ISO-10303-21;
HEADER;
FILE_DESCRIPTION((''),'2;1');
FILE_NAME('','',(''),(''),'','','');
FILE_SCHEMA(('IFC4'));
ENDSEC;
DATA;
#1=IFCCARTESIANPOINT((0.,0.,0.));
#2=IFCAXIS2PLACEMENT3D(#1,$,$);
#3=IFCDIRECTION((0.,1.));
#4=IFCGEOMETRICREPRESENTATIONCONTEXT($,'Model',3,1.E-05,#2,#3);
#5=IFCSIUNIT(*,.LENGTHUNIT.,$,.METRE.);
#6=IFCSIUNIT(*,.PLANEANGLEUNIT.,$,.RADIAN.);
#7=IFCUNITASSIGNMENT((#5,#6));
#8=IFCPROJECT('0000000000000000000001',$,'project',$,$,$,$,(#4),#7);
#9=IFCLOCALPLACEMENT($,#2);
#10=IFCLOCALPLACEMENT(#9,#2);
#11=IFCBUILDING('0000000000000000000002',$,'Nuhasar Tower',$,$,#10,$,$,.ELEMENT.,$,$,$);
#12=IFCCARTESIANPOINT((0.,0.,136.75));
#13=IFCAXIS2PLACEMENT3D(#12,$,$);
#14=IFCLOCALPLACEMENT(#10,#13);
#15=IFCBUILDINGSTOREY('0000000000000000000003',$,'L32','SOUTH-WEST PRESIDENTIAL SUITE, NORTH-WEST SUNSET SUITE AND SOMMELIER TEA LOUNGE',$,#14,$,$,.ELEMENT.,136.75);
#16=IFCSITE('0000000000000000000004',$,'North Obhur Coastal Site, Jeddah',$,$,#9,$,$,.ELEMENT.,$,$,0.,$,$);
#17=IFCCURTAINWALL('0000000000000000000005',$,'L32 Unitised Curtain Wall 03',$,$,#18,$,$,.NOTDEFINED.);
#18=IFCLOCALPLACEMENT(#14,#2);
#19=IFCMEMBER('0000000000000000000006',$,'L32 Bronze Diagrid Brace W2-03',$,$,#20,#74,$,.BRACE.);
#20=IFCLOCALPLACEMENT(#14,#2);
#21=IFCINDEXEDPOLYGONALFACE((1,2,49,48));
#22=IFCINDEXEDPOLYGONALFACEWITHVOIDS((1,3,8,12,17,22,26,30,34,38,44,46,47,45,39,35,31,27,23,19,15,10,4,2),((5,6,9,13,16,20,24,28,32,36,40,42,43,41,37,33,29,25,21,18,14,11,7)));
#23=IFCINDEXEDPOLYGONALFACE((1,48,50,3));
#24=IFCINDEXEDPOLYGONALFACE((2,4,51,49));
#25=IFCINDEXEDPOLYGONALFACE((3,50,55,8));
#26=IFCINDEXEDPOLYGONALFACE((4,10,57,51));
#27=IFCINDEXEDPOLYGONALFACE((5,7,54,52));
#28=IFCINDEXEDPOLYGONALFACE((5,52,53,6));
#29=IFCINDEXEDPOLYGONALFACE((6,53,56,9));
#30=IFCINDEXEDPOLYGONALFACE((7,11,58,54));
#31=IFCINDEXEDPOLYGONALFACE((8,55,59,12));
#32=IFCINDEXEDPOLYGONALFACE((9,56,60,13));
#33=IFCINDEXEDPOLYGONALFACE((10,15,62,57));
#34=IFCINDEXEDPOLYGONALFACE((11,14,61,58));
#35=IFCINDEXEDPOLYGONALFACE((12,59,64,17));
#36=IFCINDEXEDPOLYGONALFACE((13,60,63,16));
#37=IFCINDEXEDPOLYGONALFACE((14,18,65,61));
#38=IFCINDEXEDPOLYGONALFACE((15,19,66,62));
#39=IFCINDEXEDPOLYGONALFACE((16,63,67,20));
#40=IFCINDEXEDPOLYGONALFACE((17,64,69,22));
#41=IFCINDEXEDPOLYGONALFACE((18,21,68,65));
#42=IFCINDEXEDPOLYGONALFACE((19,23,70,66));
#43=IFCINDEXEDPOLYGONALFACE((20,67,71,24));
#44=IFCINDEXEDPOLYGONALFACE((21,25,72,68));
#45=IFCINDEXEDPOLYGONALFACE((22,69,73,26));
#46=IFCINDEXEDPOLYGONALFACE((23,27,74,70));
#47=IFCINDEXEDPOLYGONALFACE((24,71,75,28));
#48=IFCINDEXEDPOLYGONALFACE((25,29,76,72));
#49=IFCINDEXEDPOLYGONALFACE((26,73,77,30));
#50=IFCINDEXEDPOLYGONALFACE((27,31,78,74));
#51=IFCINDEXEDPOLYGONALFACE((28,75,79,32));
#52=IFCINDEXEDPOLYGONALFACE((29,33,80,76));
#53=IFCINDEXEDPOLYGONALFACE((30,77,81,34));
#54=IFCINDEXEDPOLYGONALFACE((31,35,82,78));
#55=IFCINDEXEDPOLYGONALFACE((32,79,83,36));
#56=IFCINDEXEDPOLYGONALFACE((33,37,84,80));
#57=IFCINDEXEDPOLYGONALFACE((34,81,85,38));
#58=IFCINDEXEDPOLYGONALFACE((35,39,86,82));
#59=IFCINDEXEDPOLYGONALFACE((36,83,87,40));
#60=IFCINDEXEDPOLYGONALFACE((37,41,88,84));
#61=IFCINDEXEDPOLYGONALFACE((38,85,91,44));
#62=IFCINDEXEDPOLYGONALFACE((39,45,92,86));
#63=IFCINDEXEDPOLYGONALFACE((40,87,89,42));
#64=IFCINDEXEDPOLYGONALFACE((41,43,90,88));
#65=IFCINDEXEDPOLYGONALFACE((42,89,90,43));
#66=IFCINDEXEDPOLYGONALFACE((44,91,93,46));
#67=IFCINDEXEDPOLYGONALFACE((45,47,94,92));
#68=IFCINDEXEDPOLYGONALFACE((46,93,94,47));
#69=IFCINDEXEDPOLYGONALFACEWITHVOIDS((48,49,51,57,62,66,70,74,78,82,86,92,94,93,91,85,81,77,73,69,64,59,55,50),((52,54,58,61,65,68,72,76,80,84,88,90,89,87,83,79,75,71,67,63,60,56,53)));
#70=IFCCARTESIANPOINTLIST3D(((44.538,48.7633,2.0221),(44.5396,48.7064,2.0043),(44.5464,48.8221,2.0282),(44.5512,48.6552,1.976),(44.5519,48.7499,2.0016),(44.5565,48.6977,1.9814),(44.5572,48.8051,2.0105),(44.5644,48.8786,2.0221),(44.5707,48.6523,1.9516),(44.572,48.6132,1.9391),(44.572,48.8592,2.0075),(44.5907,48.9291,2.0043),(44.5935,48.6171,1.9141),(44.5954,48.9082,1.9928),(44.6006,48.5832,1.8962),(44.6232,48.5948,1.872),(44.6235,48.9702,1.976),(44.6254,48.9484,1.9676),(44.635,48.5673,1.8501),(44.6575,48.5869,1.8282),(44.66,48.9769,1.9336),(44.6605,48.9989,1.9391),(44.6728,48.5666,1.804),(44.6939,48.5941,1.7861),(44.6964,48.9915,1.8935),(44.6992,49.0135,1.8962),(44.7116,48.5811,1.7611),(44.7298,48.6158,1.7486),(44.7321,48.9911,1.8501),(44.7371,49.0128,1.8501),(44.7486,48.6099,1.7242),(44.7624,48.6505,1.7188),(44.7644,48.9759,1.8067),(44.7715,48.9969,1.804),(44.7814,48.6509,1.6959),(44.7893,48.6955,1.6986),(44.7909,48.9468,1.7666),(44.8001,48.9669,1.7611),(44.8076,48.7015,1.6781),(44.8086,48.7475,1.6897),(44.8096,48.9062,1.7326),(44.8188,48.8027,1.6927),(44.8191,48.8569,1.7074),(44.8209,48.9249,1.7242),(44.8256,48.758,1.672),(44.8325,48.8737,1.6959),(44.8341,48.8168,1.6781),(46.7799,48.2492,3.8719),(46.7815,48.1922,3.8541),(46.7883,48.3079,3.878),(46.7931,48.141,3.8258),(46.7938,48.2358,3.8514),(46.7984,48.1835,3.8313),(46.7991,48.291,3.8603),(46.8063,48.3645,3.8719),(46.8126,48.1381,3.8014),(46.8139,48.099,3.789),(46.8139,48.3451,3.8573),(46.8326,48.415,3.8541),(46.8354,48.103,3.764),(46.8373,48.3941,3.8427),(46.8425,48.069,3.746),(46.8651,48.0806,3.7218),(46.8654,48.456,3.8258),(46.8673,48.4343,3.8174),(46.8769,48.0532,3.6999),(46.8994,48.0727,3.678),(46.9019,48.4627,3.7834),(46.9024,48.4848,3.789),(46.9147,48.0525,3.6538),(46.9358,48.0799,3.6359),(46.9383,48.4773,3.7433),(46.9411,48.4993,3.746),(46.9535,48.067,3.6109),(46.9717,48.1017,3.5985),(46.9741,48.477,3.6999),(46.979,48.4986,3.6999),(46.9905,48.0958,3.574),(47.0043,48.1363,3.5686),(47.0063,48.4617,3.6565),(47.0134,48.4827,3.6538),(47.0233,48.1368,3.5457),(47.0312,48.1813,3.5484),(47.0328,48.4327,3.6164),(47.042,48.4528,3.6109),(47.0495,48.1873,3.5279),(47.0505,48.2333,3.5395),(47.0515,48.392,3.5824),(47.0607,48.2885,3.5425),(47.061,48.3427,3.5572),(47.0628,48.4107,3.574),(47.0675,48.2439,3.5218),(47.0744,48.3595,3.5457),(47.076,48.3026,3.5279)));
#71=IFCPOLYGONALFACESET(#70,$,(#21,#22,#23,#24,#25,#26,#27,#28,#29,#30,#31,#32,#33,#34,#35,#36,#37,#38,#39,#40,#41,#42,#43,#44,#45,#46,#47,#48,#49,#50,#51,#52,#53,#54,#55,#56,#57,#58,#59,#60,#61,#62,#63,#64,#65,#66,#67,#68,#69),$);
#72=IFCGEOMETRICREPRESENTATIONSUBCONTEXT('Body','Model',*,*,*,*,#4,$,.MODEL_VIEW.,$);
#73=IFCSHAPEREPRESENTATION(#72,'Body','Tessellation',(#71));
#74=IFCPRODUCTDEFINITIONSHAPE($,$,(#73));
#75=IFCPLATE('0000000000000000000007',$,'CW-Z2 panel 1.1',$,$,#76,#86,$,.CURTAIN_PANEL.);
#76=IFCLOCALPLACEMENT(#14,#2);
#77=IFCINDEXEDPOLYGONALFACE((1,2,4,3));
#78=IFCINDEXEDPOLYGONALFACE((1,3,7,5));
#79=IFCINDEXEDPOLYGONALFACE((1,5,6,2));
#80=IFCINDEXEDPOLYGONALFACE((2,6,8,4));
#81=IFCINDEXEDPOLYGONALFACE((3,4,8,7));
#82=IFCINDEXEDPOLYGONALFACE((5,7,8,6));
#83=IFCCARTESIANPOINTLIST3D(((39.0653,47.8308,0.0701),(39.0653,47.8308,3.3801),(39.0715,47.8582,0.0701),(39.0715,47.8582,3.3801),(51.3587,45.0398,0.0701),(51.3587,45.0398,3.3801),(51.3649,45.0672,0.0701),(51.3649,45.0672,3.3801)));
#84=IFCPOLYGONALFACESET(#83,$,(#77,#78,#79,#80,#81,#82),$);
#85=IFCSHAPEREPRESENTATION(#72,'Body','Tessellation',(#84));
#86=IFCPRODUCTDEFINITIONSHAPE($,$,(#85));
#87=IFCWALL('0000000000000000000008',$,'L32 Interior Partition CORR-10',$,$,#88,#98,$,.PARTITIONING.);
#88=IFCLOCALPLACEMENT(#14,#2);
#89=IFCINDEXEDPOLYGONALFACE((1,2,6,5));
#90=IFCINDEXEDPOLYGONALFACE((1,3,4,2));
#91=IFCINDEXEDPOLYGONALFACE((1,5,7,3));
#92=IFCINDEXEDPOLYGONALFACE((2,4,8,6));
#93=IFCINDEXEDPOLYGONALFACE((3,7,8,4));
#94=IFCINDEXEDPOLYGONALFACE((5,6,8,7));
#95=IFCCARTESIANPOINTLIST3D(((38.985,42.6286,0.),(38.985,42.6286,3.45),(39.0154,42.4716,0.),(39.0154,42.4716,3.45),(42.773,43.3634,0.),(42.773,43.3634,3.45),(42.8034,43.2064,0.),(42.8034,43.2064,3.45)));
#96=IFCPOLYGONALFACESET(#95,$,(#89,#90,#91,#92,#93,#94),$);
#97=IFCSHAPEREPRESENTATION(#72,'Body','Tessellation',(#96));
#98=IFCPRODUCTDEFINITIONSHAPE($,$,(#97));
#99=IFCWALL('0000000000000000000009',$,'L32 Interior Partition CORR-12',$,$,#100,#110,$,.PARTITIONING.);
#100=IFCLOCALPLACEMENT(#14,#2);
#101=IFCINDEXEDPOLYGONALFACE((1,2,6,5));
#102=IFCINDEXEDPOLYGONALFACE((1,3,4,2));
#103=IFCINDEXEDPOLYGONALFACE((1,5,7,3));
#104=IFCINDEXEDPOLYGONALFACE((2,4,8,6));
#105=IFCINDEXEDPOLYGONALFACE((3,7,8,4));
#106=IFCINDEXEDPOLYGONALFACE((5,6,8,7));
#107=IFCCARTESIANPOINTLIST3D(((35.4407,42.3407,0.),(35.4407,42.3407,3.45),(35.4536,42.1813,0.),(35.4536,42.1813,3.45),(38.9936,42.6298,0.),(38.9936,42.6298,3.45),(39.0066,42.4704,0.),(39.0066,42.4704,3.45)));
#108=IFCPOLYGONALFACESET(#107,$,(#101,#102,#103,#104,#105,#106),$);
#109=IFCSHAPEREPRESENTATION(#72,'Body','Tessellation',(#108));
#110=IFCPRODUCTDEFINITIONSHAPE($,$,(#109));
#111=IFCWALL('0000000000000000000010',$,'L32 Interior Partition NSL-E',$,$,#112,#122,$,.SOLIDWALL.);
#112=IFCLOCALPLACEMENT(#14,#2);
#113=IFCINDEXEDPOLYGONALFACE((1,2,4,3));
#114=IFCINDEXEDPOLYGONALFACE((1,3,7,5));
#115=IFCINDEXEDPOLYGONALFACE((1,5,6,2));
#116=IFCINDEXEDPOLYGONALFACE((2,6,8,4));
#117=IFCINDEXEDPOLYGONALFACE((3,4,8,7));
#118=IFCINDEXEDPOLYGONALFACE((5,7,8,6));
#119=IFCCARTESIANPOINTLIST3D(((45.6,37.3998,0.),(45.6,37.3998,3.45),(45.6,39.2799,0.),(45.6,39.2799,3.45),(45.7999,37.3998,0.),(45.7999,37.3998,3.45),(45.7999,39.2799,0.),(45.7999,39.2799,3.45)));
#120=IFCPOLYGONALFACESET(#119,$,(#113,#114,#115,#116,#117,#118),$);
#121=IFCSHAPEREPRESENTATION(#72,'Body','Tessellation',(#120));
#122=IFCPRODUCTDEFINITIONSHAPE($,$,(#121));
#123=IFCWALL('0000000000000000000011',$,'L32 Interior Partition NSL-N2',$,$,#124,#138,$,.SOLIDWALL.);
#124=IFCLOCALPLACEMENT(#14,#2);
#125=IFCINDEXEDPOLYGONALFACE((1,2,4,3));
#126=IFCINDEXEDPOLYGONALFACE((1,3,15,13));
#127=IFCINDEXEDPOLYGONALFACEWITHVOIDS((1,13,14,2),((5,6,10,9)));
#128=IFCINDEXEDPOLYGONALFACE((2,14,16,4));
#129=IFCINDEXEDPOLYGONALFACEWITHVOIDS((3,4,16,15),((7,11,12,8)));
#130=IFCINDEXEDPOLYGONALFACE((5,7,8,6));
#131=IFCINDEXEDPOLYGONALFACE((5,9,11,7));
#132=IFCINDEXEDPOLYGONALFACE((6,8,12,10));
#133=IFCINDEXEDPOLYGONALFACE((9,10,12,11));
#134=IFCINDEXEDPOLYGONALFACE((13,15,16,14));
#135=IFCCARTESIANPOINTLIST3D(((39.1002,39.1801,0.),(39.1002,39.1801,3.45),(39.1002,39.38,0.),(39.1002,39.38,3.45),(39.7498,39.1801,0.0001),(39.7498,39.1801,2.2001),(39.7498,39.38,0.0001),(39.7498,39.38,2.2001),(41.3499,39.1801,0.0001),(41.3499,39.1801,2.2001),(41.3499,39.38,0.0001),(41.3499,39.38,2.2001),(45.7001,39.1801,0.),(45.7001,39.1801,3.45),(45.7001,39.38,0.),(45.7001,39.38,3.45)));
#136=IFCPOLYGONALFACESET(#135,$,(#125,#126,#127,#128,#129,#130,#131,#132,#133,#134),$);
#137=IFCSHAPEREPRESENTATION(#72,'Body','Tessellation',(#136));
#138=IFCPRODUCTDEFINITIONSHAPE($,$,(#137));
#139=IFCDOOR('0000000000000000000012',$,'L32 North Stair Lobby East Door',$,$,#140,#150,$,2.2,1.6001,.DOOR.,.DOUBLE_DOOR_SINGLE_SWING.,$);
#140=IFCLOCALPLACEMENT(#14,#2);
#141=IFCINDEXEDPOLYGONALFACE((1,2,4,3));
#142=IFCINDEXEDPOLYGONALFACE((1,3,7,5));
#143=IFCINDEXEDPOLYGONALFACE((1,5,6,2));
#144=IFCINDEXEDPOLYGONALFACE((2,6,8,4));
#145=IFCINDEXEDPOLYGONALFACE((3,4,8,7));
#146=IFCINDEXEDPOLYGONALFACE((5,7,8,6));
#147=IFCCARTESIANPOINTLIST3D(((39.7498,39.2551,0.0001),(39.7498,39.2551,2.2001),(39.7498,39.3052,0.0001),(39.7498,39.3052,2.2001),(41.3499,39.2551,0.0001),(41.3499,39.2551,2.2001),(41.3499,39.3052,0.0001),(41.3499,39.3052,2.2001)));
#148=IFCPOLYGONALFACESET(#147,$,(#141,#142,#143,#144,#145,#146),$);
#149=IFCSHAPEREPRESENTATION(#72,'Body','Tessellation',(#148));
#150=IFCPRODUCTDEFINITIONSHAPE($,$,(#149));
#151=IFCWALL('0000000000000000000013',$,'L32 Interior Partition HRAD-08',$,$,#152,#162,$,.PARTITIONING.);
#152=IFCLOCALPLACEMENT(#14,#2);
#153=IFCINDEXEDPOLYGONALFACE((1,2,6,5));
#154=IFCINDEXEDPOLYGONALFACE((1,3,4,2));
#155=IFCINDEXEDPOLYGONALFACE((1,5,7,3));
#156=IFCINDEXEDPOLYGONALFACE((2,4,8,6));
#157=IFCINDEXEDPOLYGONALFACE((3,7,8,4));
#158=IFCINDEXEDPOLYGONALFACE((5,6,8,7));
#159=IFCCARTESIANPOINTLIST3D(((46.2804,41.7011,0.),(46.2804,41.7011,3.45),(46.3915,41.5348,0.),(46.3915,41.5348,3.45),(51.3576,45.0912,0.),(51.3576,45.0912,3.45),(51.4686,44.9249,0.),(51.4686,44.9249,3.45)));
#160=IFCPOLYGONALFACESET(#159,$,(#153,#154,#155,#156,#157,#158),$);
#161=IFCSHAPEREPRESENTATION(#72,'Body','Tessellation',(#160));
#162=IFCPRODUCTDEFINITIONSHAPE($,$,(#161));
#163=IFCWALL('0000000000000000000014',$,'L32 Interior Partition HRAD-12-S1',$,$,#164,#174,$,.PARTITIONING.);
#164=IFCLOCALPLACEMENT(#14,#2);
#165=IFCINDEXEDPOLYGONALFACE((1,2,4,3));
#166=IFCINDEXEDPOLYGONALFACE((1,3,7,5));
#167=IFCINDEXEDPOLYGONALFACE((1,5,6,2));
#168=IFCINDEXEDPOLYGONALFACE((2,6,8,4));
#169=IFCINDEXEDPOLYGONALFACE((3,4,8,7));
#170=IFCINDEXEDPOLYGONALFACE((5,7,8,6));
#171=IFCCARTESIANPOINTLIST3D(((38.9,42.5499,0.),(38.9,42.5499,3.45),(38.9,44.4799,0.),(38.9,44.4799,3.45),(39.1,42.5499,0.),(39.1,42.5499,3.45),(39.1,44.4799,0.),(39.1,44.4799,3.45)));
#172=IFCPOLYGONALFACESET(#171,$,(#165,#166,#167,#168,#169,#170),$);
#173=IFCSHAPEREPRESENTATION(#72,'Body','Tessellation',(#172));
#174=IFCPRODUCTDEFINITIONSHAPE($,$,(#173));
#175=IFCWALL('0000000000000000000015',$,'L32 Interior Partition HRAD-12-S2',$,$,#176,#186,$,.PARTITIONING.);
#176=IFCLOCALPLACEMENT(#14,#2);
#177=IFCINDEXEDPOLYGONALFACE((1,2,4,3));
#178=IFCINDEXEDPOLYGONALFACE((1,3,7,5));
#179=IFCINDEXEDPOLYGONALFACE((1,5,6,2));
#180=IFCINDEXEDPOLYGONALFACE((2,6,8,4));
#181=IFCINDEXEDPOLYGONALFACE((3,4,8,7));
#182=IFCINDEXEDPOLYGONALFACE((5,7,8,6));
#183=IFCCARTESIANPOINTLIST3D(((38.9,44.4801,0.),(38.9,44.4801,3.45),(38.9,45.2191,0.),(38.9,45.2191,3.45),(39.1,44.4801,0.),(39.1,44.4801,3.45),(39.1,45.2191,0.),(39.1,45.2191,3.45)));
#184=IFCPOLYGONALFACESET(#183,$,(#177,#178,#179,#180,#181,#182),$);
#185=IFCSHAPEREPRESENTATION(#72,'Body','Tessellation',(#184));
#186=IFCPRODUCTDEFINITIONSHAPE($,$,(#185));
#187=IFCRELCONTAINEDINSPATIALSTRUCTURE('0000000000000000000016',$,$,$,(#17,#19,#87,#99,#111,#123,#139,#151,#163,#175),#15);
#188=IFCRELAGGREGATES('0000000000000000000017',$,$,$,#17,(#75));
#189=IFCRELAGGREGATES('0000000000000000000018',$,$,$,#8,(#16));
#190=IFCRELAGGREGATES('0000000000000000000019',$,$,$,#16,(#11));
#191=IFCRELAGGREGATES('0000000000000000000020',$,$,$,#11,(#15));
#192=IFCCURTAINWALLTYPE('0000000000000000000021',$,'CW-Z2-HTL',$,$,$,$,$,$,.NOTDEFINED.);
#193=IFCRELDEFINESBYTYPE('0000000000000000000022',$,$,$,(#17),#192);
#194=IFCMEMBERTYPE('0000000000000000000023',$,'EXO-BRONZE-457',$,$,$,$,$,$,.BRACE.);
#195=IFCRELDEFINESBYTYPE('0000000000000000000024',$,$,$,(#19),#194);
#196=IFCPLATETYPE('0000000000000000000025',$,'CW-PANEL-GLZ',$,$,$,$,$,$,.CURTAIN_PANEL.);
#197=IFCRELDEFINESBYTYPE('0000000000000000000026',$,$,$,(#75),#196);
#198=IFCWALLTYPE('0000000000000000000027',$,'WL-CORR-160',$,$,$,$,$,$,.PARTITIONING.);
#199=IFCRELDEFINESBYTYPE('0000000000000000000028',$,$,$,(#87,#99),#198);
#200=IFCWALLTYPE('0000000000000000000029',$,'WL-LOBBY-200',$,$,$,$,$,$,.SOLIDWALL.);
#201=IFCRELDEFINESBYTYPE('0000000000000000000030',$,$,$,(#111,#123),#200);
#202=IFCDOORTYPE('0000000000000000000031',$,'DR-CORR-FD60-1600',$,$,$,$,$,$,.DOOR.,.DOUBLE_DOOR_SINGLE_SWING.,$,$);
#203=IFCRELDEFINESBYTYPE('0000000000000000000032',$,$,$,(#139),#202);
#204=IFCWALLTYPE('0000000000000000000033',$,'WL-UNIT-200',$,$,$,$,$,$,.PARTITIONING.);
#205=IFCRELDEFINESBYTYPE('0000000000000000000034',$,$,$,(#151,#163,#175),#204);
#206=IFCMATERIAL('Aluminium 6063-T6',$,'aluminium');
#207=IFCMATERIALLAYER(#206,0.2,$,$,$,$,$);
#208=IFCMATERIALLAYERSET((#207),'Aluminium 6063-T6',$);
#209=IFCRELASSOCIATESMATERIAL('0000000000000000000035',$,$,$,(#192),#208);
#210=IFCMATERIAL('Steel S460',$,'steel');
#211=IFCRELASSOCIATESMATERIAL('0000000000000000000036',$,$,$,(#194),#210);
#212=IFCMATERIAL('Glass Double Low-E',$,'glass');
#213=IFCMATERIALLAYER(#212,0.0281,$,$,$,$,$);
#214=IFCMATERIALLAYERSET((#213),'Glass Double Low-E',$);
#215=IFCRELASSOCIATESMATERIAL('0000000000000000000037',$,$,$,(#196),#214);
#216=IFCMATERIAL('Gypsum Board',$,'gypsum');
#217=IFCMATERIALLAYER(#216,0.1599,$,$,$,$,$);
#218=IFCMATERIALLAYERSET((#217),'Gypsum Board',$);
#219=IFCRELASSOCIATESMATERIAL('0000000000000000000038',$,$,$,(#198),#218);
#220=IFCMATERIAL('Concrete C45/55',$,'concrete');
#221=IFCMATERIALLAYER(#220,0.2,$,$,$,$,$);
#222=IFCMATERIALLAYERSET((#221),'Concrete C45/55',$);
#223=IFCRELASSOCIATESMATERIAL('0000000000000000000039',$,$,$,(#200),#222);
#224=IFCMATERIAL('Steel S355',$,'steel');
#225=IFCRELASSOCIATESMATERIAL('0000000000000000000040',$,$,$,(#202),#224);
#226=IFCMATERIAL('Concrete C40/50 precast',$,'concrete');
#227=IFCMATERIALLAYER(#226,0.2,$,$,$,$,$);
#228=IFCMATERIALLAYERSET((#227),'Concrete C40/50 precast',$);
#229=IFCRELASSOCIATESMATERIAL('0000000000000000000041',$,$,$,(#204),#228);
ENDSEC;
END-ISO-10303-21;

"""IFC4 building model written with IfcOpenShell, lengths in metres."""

from ifc_helpers import new_model, si_unit, direction, frame, frame_2d, origin, origin_2d, place, context, subcontext, project, spatial, rectangle, hollow_circle, extrude, material, layer, layer_set, material_profile, profile_set, type_object, element, fill, aggregate, save


model = new_model("IFC4")

# Units and contexts
model_context = context("Model", 3, precision=1e-05, world=origin(), true_north=direction((0.0, 1.0)))
body_context = subcontext(model_context, "Body", "Model", "MODEL_VIEW")
ifc_project = project(units=[si_unit("LENGTHUNIT", "METRE"), si_unit("PLANEANGLEUNIT", "RADIAN")], contexts=[model_context])

# Site, building, storey
site_placement = place(None, origin())
site = spatial("IfcSite", under=ifc_project, at=site_placement, Name="North Obhur Coastal Site, Jeddah", CompositionType="ELEMENT", RefElevation=0.0)
building_placement = place(site_placement, origin())
building = spatial("IfcBuilding", under=site, at=building_placement, Name="Nuhasar Tower", CompositionType="ELEMENT")
storey_placement = place(building_placement, frame((0.0, 0.0, 136.75)))
storey = spatial("IfcBuildingStorey", under=building, at=storey_placement, Name="L32", Description="SOUTH-WEST PRESIDENTIAL SUITE, NORTH-WEST SUNSET SUITE AND SOMMELIER TEA LOUNGE", CompositionType="ELEMENT", Elevation=136.75)

# Shared definitions
ifc_material_1 = material(Name="Steel S355", Category="steel")

# Curtain wall
ifc_material_2 = material(Name="Aluminium 6063-T6", Category="aluminium")
ifc_layer_1 = layer(ifc_material_2, 0.2)
ifc_layer_set_1 = layer_set([ifc_layer_1], Name="Aluminium 6063-T6")
curtain_wall_type = type_object("IfcCurtainWallType", Name="CW-Z2-HTL", PredefinedType="NOTDEFINED", material=ifc_layer_set_1)
curtain_wall_placement = place(storey_placement, origin())
curtain_wall = element("IfcCurtainWall", 1, at=curtain_wall_placement, inside=storey, type_object=curtain_wall_type, Name="L32 Unitised Curtain Wall 03", PredefinedType="NOTDEFINED")

# Member
ifc_material_3 = material(Name="Steel S460", Category="steel")
ifc_material_profile_1 = material_profile(ifc_material_3, hollow_circle(Radius=0.2285, WallThickness=0.0222, at=origin_2d()), Name="HSS457X22.2")
ifc_profile_set_1 = profile_set([ifc_material_profile_1], Name="Steel S460")
member_type_1 = type_object("IfcMemberType", Name="EXO-BRONZE-457", PredefinedType="BRACE", material=ifc_profile_set_1)
member_1_placement = place(storey_placement, frame((44.686, 48.79, 1.8501), z_axis=(0.759539, -0.17419, 0.626704), x_axis=(0.223534, 0.974696, 0.0)))
element("IfcMember", 2, at=member_1_placement, inside=storey, type_object=member_type_1, Name="L32 Bronze Diagrid Brace W2-03", PredefinedType="BRACE", context=body_context, shape_type="SweptSolid", body=[
    extrude(hollow_circle(Radius=0.2285, WallThickness=0.0222, at=origin_2d()), origin(), (0.0, 0.0, 1.0), 2.9517),
])

# Plate
ifc_material_4 = material(Name="Glass Double Low-E", Category="glass")
ifc_layer_2 = layer(ifc_material_4, 0.0281)
ifc_layer_set_2 = layer_set([ifc_layer_2], Name="Glass Double Low-E")
plate_type = type_object("IfcPlateType", Name="CW-PANEL-GLZ", PredefinedType="CURTAIN_PANEL", material=ifc_layer_set_2)
plate_placement = place(storey_placement, frame((45.2151, 46.449, 0.0701), z_axis=(0.0, 0.0, 1.0), x_axis=(-0.975184, 0.221397, 0.0)))
plate = element("IfcPlate", 3, at=plate_placement, type_object=plate_type, Name="CW-Z2 panel 1.1", PredefinedType="CURTAIN_PANEL", context=body_context, shape_type="SweptSolid", body=[
    extrude(rectangle(XDim=12.6062, YDim=0.0281, at=origin_2d()), origin(), (0.0, 0.0, 1.0), 3.3101),
])
aggregate(curtain_wall, [plate])

# Shared definitions
ifc_material_5 = material(Name="Gypsum Board", Category="gypsum")
ifc_layer_3 = layer(ifc_material_5, 0.1599)
ifc_layer_set_3 = layer_set([ifc_layer_3], Name="Gypsum Board")
wall_type_1 = type_object("IfcWallType", Name="WL-CORR-160", PredefinedType="PARTITIONING", material=ifc_layer_set_3)

# Walls
wall_1_placement = place(storey_placement, frame((42.7881, 43.2849, 0.0), z_axis=(0.0, 0.0, 1.0), x_axis=(-0.981698, -0.190443, 0.0)))
element("IfcWall", 4, at=wall_1_placement, inside=storey, type_object=wall_type_1, Name="L32 Interior Partition CORR-10", PredefinedType="PARTITIONING", context=body_context, shape_type="SweptSolid", body=[
    extrude(rectangle(XDim=3.8586, YDim=0.1599, at=frame_2d((1.9292, 0.0))), origin(), (0.0, 0.0, 1.0), 3.45),
])
wall_2_placement = place(storey_placement, frame((39.0, 42.55, 0.0), z_axis=(0.0, 0.0, 1.0), x_axis=(-0.996707, -0.08109, 0.0)))
element("IfcWall", 5, at=wall_2_placement, inside=storey, type_object=wall_type_1, Name="L32 Interior Partition CORR-12", PredefinedType="PARTITIONING", context=body_context, shape_type="SweptSolid", body=[
    extrude(rectangle(XDim=3.5647, YDim=0.1599, at=frame_2d((1.7822, 0.0))), origin(), (0.0, 0.0, 1.0), 3.45),
])
ifc_material_6 = material(Name="Concrete C45/55", Category="concrete")
ifc_layer_4 = layer(ifc_material_6, 0.2)
ifc_layer_set_4 = layer_set([ifc_layer_4], Name="Concrete C45/55")
wall_type_2 = type_object("IfcWallType", Name="WL-LOBBY-200", PredefinedType="SOLIDWALL", material=ifc_layer_set_4)
wall_3_placement = place(storey_placement, frame((45.7, 37.3999, 0.0), z_axis=(0.0, 0.0, 1.0), x_axis=(0.0, 1.0, 0.0)))
element("IfcWall", 6, at=wall_3_placement, inside=storey, type_object=wall_type_2, Name="L32 Interior Partition NSL-E", PredefinedType="SOLIDWALL", context=body_context, shape_type="SweptSolid", body=[
    extrude(rectangle(XDim=1.8801, YDim=0.2, at=frame_2d((0.9399, 0.0))), origin(), (0.0, 0.0, 1.0), 3.45),
])

# Wall, opening, door
wall_4_placement = place(storey_placement, frame((45.7, 39.28, 0.0), z_axis=(0.0, 0.0, 1.0), x_axis=(-1.0, 0.0, 0.0)))
wall_4 = element("IfcWall", 7, at=wall_4_placement, inside=storey, type_object=wall_type_2, Name="L32 Interior Partition NSL-N2", PredefinedType="SOLIDWALL", context=body_context, shape_type="SweptSolid", body=[
    extrude(rectangle(XDim=6.5999, YDim=0.2, at=frame_2d((3.2998, 0.0))), origin(), (0.0, 0.0, 1.0), 3.45),
])
opening_1_placement = place(wall_4_placement, frame((4.3501, 0.0, 0.0)))
opening_1 = element("IfcOpeningElement", 8, at=opening_1_placement, cuts=wall_4, PredefinedType="OPENING", context=body_context, shape_type="SweptSolid", body=[
    extrude(rectangle(XDim=1.6001, YDim=2.2, at=frame_2d((0.8, 1.1001))), frame((0.0, 0.1099, 0.0), z_axis=(0.0, -1.0, 0.0), x_axis=(1.0, 0.0, 0.0)), (0.0, 0.0, 1.0), 0.22),
])
door_type_1 = type_object("IfcDoorType", Name="DR-CORR-FD60-1600", OperationType="DOUBLE_DOOR_SINGLE_SWING", PredefinedType="DOOR", material=ifc_material_1)
door_1_placement = place(opening_1_placement, origin())
door_1 = element("IfcDoor", 9, at=door_1_placement, inside=storey, type_object=door_type_1, Name="L32 North Stair Lobby East Door", OperationType="DOUBLE_DOOR_SINGLE_SWING", OverallHeight=2.2, OverallWidth=1.6001, PredefinedType="DOOR", context=body_context, shape_type="SweptSolid", body=[
    extrude(rectangle(XDim=1.6001, YDim=2.2, at=frame_2d((0.8, 1.1001))), frame((0.0, 0.0249, 0.0), z_axis=(0.0, -1.0, 0.0), x_axis=(1.0, 0.0, 0.0)), (0.0, 0.0, 1.0), 0.05),
])
fill(opening_1, door_1)

# Walls
ifc_material_7 = material(Name="Concrete C40/50 precast", Category="concrete")
ifc_layer_5 = layer(ifc_material_7, 0.2)
ifc_layer_set_5 = layer_set([ifc_layer_5], Name="Concrete C40/50 precast")
wall_type_3 = type_object("IfcWallType", Name="WL-UNIT-200", PredefinedType="PARTITIONING", material=ifc_layer_set_5)
wall_5_placement = place(storey_placement, frame((46.3359, 41.6179, 0.0), z_axis=(0.0, 0.0, 1.0), x_axis=(0.831644, 0.555309, 0.0)))
element("IfcWall", 10, at=wall_5_placement, inside=storey, type_object=wall_type_3, Name="L32 Interior Partition HRAD-08", PredefinedType="PARTITIONING", context=body_context, shape_type="SweptSolid", body=[
    extrude(rectangle(XDim=6.105, YDim=0.2, at=frame_2d((3.0525, 0.0))), origin(), (0.0, 0.0, 1.0), 3.45),
])
wall_6_placement = place(storey_placement, frame((39.0, 42.55, 0.0), z_axis=(0.0, 0.0, 1.0), x_axis=(0.0, 1.0, 0.0)))
element("IfcWall", 11, at=wall_6_placement, inside=storey, type_object=wall_type_3, Name="L32 Interior Partition HRAD-12-S1", PredefinedType="PARTITIONING", context=body_context, shape_type="SweptSolid", body=[
    extrude(rectangle(XDim=1.9299, YDim=0.2, at=frame_2d((0.9648, 0.0))), origin(), (0.0, 0.0, 1.0), 3.45),
])
wall_7_placement = place(storey_placement, frame((39.0, 44.48, 0.0), z_axis=(0.0, 0.0, 1.0), x_axis=(0.0, 1.0, 0.0)))
element("IfcWall", 12, at=wall_7_placement, inside=storey, type_object=wall_type_3, Name="L32 Interior Partition HRAD-12-S2", PredefinedType="PARTITIONING", context=body_context, shape_type="SweptSolid", body=[
    extrude(rectangle(XDim=0.739, YDim=0.2, at=frame_2d((0.3696, 0.0))), origin(), (0.0, 0.0, 1.0), 3.45),
])

save(model, "model.ifc")
